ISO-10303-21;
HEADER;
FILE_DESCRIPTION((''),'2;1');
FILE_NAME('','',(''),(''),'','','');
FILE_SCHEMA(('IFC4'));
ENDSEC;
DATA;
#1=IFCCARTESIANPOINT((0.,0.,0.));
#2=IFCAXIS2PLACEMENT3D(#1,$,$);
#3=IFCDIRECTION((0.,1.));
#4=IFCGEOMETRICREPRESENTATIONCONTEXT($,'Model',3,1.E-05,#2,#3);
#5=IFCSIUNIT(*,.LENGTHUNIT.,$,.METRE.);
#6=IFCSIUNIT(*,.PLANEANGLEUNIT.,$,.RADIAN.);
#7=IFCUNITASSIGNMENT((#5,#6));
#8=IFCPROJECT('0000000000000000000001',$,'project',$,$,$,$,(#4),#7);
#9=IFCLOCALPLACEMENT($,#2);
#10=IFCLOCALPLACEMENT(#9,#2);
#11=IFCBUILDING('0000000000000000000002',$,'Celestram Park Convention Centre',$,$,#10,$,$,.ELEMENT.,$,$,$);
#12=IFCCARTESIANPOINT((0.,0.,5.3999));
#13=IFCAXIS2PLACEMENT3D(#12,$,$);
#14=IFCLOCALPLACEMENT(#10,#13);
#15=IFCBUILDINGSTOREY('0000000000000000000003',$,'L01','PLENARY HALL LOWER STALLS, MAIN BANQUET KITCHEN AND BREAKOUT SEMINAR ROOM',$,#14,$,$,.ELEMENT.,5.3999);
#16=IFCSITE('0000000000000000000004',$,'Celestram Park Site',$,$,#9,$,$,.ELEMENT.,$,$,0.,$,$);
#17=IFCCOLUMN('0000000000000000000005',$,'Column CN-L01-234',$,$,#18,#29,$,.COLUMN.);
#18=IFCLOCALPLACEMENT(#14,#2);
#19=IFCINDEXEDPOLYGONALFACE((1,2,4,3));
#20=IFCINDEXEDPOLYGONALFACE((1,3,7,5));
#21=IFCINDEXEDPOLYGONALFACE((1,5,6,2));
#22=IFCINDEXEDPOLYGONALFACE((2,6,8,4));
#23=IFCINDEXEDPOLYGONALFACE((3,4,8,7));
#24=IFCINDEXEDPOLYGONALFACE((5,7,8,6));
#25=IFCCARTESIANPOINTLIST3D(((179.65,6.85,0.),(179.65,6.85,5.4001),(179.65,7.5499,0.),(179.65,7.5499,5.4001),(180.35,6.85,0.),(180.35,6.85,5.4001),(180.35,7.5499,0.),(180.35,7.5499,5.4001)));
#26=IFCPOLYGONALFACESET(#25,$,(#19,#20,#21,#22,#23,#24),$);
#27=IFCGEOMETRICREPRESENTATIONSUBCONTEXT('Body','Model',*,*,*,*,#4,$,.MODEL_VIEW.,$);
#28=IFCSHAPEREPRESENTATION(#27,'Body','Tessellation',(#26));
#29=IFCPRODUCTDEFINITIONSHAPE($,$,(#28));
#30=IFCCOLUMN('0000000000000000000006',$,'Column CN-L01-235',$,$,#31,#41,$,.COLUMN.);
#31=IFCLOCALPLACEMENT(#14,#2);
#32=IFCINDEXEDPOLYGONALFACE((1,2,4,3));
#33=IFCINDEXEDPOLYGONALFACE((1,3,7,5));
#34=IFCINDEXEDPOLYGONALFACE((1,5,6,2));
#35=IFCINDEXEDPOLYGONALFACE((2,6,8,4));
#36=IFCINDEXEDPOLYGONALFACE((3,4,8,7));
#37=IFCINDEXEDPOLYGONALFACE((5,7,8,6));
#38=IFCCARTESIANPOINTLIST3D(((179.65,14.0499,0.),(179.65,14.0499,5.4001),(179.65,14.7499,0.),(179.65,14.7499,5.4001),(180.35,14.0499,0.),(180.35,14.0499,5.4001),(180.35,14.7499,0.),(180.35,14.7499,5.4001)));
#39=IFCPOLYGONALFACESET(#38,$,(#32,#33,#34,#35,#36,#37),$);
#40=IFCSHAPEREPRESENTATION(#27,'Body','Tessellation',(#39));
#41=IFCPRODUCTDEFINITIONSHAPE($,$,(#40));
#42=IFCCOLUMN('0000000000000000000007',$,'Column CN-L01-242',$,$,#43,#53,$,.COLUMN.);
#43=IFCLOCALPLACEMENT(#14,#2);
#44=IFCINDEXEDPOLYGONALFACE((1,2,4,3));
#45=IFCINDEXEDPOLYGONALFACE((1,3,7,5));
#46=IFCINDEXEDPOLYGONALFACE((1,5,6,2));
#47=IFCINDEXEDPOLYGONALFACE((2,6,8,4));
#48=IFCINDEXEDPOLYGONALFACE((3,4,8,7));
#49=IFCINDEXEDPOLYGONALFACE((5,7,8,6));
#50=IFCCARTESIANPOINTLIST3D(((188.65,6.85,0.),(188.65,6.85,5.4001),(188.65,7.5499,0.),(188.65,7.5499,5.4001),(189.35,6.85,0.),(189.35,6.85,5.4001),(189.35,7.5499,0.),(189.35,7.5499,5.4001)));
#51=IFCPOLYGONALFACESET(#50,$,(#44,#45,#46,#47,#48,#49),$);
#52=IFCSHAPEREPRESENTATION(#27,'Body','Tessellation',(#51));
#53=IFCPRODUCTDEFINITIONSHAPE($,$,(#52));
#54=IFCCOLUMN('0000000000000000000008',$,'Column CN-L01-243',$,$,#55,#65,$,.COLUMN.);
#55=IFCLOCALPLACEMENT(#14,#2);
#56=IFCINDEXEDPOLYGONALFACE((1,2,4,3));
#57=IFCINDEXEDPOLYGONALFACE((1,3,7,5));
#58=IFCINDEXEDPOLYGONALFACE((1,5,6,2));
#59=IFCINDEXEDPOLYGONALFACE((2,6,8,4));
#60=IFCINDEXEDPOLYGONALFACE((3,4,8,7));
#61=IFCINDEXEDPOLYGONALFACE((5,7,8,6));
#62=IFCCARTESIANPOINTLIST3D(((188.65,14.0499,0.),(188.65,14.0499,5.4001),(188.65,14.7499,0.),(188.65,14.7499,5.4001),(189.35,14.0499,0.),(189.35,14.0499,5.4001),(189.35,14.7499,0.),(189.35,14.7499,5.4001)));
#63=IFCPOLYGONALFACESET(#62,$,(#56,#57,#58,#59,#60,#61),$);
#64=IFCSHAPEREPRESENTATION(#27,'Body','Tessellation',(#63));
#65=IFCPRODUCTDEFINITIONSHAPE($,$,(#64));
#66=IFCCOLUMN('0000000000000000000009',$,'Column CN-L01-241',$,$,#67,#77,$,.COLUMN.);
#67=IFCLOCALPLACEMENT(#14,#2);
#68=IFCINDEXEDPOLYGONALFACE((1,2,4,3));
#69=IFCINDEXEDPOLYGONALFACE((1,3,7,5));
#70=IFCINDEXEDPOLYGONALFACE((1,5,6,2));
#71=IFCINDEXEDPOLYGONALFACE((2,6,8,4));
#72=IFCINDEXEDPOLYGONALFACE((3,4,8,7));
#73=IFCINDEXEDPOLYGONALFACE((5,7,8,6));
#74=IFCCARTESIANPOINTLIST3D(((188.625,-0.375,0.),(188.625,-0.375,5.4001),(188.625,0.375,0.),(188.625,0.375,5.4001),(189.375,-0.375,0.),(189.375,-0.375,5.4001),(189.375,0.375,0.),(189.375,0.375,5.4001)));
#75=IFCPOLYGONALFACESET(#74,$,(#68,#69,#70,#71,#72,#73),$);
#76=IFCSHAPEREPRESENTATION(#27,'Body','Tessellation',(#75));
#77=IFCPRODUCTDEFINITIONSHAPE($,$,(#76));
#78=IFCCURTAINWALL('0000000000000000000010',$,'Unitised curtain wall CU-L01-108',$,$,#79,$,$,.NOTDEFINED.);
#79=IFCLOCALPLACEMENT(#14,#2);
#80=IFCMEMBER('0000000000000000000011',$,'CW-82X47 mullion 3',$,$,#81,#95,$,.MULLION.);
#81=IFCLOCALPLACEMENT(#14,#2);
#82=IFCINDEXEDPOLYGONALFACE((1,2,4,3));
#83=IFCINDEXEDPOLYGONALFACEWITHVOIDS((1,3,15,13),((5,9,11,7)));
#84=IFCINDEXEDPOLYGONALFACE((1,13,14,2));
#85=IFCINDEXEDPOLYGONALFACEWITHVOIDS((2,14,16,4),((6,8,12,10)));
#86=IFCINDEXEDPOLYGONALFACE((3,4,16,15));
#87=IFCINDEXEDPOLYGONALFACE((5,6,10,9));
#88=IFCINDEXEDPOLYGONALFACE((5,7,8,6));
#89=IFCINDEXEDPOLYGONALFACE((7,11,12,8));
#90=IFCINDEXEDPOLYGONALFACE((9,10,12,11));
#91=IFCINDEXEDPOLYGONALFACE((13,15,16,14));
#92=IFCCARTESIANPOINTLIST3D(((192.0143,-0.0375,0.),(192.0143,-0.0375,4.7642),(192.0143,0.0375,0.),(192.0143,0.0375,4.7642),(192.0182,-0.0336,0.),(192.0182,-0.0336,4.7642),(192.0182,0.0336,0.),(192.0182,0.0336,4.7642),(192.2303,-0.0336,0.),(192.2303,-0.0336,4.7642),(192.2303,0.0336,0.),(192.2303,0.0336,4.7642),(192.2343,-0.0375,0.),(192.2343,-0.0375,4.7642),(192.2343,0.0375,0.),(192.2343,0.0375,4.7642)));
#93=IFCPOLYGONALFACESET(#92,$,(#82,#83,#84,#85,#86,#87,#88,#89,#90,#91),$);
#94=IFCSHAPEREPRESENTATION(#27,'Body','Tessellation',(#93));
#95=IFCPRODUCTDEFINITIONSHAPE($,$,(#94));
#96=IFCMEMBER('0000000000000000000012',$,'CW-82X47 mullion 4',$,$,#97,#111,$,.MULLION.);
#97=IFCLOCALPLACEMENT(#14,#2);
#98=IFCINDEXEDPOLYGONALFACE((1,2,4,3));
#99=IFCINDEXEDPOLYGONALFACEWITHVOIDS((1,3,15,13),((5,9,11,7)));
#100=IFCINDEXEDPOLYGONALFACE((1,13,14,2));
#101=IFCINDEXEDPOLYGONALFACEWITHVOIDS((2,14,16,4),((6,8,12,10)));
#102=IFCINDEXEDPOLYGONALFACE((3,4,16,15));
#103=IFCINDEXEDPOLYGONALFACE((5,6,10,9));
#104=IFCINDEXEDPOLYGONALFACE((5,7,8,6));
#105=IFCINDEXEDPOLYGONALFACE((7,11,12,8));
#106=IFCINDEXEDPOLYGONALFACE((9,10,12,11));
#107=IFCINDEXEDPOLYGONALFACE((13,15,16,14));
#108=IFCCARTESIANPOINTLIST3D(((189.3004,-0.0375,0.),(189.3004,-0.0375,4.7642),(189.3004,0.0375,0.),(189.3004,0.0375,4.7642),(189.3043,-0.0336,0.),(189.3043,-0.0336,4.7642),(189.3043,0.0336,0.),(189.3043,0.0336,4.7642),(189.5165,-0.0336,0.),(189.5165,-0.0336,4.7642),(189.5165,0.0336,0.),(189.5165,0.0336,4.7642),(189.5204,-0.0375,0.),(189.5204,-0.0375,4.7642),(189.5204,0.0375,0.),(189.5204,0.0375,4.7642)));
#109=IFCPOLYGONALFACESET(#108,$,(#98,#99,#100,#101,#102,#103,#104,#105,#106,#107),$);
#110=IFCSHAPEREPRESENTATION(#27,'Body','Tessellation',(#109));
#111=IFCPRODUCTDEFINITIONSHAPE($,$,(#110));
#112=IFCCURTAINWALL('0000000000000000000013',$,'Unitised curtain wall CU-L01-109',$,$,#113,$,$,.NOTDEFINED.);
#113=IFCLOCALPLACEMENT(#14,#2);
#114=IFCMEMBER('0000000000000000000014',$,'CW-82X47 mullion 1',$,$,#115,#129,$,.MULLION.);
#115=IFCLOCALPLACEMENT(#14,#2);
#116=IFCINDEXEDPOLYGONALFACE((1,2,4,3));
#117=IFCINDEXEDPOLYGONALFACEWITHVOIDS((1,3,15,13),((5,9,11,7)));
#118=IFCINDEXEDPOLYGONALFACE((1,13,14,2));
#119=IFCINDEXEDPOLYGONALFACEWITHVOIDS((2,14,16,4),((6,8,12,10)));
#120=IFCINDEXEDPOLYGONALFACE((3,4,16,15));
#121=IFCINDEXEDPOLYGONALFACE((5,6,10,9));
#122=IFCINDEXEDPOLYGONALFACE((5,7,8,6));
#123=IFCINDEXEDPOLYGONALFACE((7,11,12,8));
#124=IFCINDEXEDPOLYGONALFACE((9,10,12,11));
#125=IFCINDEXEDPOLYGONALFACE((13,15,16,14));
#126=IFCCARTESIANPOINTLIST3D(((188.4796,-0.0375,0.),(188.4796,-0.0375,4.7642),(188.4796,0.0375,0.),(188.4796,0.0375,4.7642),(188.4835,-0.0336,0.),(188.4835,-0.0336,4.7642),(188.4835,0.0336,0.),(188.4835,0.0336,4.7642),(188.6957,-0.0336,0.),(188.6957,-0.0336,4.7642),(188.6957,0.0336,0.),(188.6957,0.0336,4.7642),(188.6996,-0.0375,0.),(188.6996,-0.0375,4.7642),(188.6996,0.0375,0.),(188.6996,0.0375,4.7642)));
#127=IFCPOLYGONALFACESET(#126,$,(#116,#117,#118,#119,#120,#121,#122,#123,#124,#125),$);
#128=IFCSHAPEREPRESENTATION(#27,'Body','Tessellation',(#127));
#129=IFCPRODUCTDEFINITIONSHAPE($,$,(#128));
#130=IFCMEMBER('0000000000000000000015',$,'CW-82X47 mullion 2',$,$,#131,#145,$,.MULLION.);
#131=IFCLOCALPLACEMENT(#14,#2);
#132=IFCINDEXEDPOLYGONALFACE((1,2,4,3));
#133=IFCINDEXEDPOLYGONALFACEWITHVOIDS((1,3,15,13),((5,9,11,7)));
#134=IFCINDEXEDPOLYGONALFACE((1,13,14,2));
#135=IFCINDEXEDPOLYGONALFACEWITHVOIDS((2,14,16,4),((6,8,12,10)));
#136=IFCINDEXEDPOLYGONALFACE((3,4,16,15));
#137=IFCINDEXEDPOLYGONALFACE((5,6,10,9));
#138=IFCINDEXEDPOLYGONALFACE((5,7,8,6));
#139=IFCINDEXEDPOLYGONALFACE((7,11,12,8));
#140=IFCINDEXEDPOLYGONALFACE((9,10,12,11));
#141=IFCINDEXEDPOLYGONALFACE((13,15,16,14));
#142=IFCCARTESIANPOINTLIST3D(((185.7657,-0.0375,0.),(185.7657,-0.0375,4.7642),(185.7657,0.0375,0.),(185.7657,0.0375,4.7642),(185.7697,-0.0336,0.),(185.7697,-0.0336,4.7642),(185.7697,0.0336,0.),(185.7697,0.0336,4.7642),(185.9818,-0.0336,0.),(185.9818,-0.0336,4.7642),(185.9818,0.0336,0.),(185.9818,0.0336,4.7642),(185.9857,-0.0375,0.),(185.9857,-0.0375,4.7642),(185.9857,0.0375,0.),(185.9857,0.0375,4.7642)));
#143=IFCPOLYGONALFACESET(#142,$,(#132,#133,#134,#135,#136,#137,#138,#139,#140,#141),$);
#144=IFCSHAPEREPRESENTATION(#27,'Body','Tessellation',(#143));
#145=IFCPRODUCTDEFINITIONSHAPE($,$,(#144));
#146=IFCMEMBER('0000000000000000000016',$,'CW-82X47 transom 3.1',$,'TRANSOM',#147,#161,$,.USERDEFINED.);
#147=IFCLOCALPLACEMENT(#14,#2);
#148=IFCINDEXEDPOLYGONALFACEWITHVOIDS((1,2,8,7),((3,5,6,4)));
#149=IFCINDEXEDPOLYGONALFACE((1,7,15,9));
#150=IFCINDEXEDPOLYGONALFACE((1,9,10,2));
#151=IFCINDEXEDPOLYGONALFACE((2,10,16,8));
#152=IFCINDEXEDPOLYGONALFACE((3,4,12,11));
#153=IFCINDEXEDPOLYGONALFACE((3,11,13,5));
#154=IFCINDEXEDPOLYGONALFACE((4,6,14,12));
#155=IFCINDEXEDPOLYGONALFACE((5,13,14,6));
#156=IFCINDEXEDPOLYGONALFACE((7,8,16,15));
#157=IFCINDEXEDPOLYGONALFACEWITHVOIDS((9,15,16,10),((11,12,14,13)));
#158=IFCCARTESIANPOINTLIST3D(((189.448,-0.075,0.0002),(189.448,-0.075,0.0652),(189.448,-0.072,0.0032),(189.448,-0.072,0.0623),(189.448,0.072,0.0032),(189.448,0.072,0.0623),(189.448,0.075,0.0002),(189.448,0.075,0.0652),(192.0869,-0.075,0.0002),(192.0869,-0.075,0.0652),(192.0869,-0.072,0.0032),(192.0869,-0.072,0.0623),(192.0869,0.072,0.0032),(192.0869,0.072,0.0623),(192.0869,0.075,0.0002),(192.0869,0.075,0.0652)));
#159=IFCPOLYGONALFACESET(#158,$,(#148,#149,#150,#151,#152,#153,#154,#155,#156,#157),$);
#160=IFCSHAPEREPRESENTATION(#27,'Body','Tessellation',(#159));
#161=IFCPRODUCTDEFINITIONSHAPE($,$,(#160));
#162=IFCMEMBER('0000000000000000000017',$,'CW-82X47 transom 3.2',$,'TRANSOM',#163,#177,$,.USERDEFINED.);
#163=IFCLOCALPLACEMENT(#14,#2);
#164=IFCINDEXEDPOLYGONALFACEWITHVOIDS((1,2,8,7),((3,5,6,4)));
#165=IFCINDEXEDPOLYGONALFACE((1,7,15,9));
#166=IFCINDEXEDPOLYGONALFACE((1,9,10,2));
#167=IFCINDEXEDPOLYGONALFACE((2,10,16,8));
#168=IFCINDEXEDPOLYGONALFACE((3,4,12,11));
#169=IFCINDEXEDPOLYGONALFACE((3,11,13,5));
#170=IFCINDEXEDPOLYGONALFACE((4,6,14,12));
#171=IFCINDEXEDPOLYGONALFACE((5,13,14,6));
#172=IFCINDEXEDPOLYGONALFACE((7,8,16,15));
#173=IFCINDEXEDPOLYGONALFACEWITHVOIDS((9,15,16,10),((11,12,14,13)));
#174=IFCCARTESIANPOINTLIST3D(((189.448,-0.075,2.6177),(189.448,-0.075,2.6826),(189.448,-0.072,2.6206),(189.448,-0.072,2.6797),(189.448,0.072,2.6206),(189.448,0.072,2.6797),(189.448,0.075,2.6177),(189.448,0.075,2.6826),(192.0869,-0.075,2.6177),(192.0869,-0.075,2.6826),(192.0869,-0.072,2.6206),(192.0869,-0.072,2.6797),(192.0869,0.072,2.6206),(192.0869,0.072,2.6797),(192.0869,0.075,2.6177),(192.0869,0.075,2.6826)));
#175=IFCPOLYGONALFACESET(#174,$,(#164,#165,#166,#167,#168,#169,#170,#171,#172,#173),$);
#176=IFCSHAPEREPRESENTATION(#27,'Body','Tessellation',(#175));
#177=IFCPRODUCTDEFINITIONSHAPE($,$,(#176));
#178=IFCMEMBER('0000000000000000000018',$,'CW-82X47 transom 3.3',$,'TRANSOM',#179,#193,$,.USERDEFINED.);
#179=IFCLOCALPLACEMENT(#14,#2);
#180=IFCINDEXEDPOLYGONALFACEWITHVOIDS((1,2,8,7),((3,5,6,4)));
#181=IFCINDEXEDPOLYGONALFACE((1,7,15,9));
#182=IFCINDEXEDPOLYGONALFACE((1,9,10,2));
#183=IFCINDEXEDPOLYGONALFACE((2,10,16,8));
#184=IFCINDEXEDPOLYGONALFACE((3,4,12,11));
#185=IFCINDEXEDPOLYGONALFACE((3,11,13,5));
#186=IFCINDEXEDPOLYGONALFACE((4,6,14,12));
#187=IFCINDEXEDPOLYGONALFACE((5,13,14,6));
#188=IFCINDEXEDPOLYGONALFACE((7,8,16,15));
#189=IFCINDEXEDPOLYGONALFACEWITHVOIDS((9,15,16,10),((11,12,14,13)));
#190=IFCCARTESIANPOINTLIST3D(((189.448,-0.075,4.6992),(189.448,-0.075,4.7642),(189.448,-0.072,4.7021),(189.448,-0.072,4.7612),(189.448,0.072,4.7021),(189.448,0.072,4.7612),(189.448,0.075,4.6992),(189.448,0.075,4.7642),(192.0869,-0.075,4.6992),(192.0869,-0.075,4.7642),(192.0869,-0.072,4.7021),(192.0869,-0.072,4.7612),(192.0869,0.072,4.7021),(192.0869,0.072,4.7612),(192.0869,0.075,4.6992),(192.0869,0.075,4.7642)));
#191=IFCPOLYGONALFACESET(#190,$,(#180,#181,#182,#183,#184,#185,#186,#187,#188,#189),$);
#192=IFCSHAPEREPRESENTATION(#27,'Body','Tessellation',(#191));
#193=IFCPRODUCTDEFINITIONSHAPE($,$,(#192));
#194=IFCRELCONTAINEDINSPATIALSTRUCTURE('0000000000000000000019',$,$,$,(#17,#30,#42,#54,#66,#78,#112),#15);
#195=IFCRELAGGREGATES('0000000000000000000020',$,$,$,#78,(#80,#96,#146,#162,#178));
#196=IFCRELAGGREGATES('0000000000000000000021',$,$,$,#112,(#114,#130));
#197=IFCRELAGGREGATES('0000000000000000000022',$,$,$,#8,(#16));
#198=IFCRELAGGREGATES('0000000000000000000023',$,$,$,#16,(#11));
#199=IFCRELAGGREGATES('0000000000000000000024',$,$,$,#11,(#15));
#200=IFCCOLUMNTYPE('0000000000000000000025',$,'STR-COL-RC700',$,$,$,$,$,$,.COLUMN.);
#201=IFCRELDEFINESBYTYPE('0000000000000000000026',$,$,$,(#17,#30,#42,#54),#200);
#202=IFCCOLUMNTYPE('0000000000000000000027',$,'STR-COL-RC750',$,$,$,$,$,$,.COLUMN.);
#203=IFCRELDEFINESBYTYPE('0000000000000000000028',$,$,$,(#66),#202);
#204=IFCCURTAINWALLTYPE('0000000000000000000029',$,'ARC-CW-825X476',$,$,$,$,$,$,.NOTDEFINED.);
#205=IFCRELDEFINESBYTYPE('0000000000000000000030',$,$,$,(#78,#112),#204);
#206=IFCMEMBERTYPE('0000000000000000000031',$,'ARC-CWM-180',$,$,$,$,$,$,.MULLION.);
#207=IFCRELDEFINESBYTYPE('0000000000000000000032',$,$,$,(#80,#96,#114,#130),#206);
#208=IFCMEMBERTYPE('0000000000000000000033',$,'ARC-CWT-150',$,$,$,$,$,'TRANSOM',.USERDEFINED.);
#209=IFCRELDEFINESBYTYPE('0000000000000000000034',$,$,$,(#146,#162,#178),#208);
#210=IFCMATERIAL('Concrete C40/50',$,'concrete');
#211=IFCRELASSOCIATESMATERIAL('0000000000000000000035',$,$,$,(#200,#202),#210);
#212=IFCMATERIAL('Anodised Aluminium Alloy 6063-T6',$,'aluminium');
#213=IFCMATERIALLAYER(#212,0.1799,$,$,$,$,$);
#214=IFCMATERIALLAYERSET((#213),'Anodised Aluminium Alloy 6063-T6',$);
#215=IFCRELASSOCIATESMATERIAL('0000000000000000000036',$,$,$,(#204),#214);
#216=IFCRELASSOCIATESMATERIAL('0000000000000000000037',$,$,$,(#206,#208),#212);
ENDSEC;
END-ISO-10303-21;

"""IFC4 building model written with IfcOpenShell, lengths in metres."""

from ifc_helpers import new_model, si_unit, direction, frame, origin, origin_2d, place, context, subcontext, project, spatial, rectangle, hollow_rectangle, extrude, material, layer, layer_set, material_profile, profile_set, type_object, element, aggregate, save


model = new_model("IFC4")

# Units and contexts
model_context = context("Model", 3, precision=1e-05, world=origin(), true_north=direction((0.0, 1.0)))
body_context = subcontext(model_context, "Body", "Model", "MODEL_VIEW")
ifc_project = project(units=[si_unit("LENGTHUNIT", "METRE"), si_unit("PLANEANGLEUNIT", "RADIAN")], contexts=[model_context])

# Site, building, storey
site_placement = place(None, origin())
site = spatial("IfcSite", under=ifc_project, at=site_placement, Name="Celestram Park Site", CompositionType="ELEMENT", RefElevation=0.0)
building_placement = place(site_placement, origin())
building = spatial("IfcBuilding", under=site, at=building_placement, Name="Celestram Park Convention Centre", CompositionType="ELEMENT")
storey_placement = place(building_placement, frame((0.0, 0.0, 5.3999)))
storey = spatial("IfcBuildingStorey", under=building, at=storey_placement, Name="L01", Description="PLENARY HALL LOWER STALLS, MAIN BANQUET KITCHEN AND BREAKOUT SEMINAR ROOM", CompositionType="ELEMENT", Elevation=5.3999)

# Columns
ifc_material_1 = material(Name="Concrete C40/50", Category="concrete")
ifc_material_profile_1 = material_profile(ifc_material_1, rectangle(XDim=0.7, YDim=0.7, at=origin_2d()), Name="RC700X700")
ifc_profile_set_1 = profile_set([ifc_material_profile_1], Name="Concrete C40/50")
column_type_1 = type_object("IfcColumnType", Name="STR-COL-RC700", PredefinedType="COLUMN", material=ifc_profile_set_1)
for number, where, z_axis, x_axis, name in (
    (1, (180.0, 7.2, 0.0), (0.0, 0.0, 1.0), (1.0, 0.0, 0.0), "Column CN-L01-234"),
    (2, (180.0, 14.3999, 0.0), (0.0, 0.0, 1.0), (1.0, 0.0, 0.0), "Column CN-L01-235"),
    (3, (189.0, 7.2, 0.0), (0.0, 0.0, 1.0), (1.0, 0.0, 0.0), "Column CN-L01-242"),
    (4, (189.0, 14.3999, 0.0), (0.0, 0.0, 1.0), (1.0, 0.0, 0.0), "Column CN-L01-243"),
):
    element("IfcColumn", number, at=place(storey_placement, frame(where, z_axis=z_axis, x_axis=x_axis)), inside=storey, type_object=column_type_1, Name=name, PredefinedType="COLUMN", context=body_context, shape_type="SweptSolid", body=[
        extrude(rectangle(XDim=0.7, YDim=0.7, at=origin_2d()), origin(), (0.0, 0.0, 1.0), 5.4001),
    ])
ifc_material_profile_2 = material_profile(ifc_material_1, rectangle(XDim=0.75, YDim=0.75, at=origin_2d()), Name="RC750X750")
ifc_profile_set_2 = profile_set([ifc_material_profile_2], Name="Concrete C40/50")
column_type_2 = type_object("IfcColumnType", Name="STR-COL-RC750", PredefinedType="COLUMN", material=ifc_profile_set_2)
column_placement = place(storey_placement, frame((189.0, 0.0, 0.0), z_axis=(0.0, 0.0, 1.0), x_axis=(1.0, 0.0, 0.0)))
element("IfcColumn", 5, at=column_placement, inside=storey, type_object=column_type_2, Name="Column CN-L01-241", PredefinedType="COLUMN", context=body_context, shape_type="SweptSolid", body=[
    extrude(rectangle(XDim=0.75, YDim=0.75, at=origin_2d()), origin(), (0.0, 0.0, 1.0), 5.4001),
])

# Curtain walls, members
ifc_material_2 = material(Name="Anodised Aluminium Alloy 6063-T6", Category="aluminium")
ifc_layer_1 = layer(ifc_material_2, 0.1799)
ifc_layer_set_1 = layer_set([ifc_layer_1], Name="Anodised Aluminium Alloy 6063-T6")
curtain_wall_type = type_object("IfcCurtainWallType", Name="ARC-CW-825X476", PredefinedType="NOTDEFINED", material=ifc_layer_set_1)
curtain_wall_1_placement = place(storey_placement, origin())
curtain_wall_1 = element("IfcCurtainWall", 6, at=curtain_wall_1_placement, inside=storey, type_object=curtain_wall_type, Name="Unitised curtain wall CU-L01-108", PredefinedType="NOTDEFINED")
ifc_material_profile_3 = material_profile(ifc_material_2, hollow_rectangle(XDim=0.075, YDim=0.22, WallThickness=0.0039, at=origin_2d()), Name="ALU75X220X4")
ifc_profile_set_3 = profile_set([ifc_material_profile_3], Name="Anodised Aluminium Alloy 6063-T6")
member_type_1 = type_object("IfcMemberType", Name="ARC-CWM-180", PredefinedType="MULLION", material=ifc_profile_set_3)
member_1_placement = place(storey_placement, frame((192.1243, 0.0, 0.0), z_axis=(0.0, 0.0, 1.0), x_axis=(0.0, -1.0, 0.0)))
member_1 = element("IfcMember", 7, at=member_1_placement, type_object=member_type_1, Name="CW-82X47 mullion 3", PredefinedType="MULLION", context=body_context, shape_type="SweptSolid", body=[
    extrude(hollow_rectangle(XDim=0.075, YDim=0.22, WallThickness=0.0039, at=origin_2d()), origin(), (0.0, 0.0, 1.0), 4.7642),
])
member_2_placement = place(storey_placement, frame((189.4104, 0.0, 0.0), z_axis=(0.0, 0.0, 1.0), x_axis=(0.0, -1.0, 0.0)))
member_2 = element("IfcMember", 8, at=member_2_placement, type_object=member_type_1, Name="CW-82X47 mullion 4", PredefinedType="MULLION", context=body_context, shape_type="SweptSolid", body=[
    extrude(hollow_rectangle(XDim=0.075, YDim=0.22, WallThickness=0.0039, at=origin_2d()), origin(), (0.0, 0.0, 1.0), 4.7642),
])
curtain_wall_2_placement = place(storey_placement, origin())
curtain_wall_2 = element("IfcCurtainWall", 9, at=curtain_wall_2_placement, inside=storey, type_object=curtain_wall_type, Name="Unitised curtain wall CU-L01-109", PredefinedType="NOTDEFINED")
member_3_placement = place(storey_placement, frame((188.5896, 0.0, 0.0), z_axis=(0.0, 0.0, 1.0), x_axis=(0.0, -1.0, 0.0)))
member_3 = element("IfcMember", 10, at=member_3_placement, type_object=member_type_1, Name="CW-82X47 mullion 1", PredefinedType="MULLION", context=body_context, shape_type="SweptSolid", body=[
    extrude(hollow_rectangle(XDim=0.075, YDim=0.22, WallThickness=0.0039, at=origin_2d()), origin(), (0.0, 0.0, 1.0), 4.7642),
])
member_4_placement = place(storey_placement, frame((185.8757, 0.0, 0.0), z_axis=(0.0, 0.0, 1.0), x_axis=(0.0, -1.0, 0.0)))
member_4 = element("IfcMember", 11, at=member_4_placement, type_object=member_type_1, Name="CW-82X47 mullion 2", PredefinedType="MULLION", context=body_context, shape_type="SweptSolid", body=[
    extrude(hollow_rectangle(XDim=0.075, YDim=0.22, WallThickness=0.0039, at=origin_2d()), origin(), (0.0, 0.0, 1.0), 4.7642),
])

# Members
ifc_material_profile_4 = material_profile(ifc_material_2, hollow_rectangle(XDim=0.1499, YDim=0.0649, WallThickness=0.0029, at=origin_2d()), Name="ALU150X65X3")
ifc_profile_set_4 = profile_set([ifc_material_profile_4], Name="Anodised Aluminium Alloy 6063-T6")
member_type_2 = type_object("IfcMemberType", Name="ARC-CWT-150", ElementType="TRANSOM", PredefinedType="USERDEFINED", material=ifc_profile_set_4)
member_5_placement = place(storey_placement, frame((192.0869, 0.0, 0.0327), z_axis=(-1.0, 0.0, 0.0), x_axis=(0.0, -1.0, 0.0)))
member_5 = element("IfcMember", 12, at=member_5_placement, type_object=member_type_2, Name="CW-82X47 transom 3.1", ObjectType="TRANSOM", PredefinedType="USERDEFINED", context=body_context, shape_type="SweptSolid", body=[
    extrude(hollow_rectangle(XDim=0.1499, YDim=0.0649, WallThickness=0.0029, at=origin_2d()), origin(), (0.0, 0.0, 1.0), 2.6389),
])
member_6_placement = place(storey_placement, frame((192.0869, 0.0, 2.6501), z_axis=(-1.0, 0.0, 0.0), x_axis=(0.0, -1.0, 0.0)))
member_6 = element("IfcMember", 13, at=member_6_placement, type_object=member_type_2, Name="CW-82X47 transom 3.2", ObjectType="TRANSOM", PredefinedType="USERDEFINED", context=body_context, shape_type="SweptSolid", body=[
    extrude(hollow_rectangle(XDim=0.1499, YDim=0.0649, WallThickness=0.0029, at=origin_2d()), origin(), (0.0, 0.0, 1.0), 2.6389),
])
member_7_placement = place(storey_placement, frame((192.0869, 0.0, 4.7317), z_axis=(-1.0, 0.0, 0.0), x_axis=(0.0, -1.0, 0.0)))
member_7 = element("IfcMember", 14, at=member_7_placement, type_object=member_type_2, Name="CW-82X47 transom 3.3", ObjectType="TRANSOM", PredefinedType="USERDEFINED", context=body_context, shape_type="SweptSolid", body=[
    extrude(hollow_rectangle(XDim=0.1499, YDim=0.0649, WallThickness=0.0029, at=origin_2d()), origin(), (0.0, 0.0, 1.0), 2.6389),
])

aggregate(curtain_wall_1, [member_1, member_2, member_5, member_6, member_7])
aggregate(curtain_wall_2, [member_3, member_4])

save(model, "model.ifc")
